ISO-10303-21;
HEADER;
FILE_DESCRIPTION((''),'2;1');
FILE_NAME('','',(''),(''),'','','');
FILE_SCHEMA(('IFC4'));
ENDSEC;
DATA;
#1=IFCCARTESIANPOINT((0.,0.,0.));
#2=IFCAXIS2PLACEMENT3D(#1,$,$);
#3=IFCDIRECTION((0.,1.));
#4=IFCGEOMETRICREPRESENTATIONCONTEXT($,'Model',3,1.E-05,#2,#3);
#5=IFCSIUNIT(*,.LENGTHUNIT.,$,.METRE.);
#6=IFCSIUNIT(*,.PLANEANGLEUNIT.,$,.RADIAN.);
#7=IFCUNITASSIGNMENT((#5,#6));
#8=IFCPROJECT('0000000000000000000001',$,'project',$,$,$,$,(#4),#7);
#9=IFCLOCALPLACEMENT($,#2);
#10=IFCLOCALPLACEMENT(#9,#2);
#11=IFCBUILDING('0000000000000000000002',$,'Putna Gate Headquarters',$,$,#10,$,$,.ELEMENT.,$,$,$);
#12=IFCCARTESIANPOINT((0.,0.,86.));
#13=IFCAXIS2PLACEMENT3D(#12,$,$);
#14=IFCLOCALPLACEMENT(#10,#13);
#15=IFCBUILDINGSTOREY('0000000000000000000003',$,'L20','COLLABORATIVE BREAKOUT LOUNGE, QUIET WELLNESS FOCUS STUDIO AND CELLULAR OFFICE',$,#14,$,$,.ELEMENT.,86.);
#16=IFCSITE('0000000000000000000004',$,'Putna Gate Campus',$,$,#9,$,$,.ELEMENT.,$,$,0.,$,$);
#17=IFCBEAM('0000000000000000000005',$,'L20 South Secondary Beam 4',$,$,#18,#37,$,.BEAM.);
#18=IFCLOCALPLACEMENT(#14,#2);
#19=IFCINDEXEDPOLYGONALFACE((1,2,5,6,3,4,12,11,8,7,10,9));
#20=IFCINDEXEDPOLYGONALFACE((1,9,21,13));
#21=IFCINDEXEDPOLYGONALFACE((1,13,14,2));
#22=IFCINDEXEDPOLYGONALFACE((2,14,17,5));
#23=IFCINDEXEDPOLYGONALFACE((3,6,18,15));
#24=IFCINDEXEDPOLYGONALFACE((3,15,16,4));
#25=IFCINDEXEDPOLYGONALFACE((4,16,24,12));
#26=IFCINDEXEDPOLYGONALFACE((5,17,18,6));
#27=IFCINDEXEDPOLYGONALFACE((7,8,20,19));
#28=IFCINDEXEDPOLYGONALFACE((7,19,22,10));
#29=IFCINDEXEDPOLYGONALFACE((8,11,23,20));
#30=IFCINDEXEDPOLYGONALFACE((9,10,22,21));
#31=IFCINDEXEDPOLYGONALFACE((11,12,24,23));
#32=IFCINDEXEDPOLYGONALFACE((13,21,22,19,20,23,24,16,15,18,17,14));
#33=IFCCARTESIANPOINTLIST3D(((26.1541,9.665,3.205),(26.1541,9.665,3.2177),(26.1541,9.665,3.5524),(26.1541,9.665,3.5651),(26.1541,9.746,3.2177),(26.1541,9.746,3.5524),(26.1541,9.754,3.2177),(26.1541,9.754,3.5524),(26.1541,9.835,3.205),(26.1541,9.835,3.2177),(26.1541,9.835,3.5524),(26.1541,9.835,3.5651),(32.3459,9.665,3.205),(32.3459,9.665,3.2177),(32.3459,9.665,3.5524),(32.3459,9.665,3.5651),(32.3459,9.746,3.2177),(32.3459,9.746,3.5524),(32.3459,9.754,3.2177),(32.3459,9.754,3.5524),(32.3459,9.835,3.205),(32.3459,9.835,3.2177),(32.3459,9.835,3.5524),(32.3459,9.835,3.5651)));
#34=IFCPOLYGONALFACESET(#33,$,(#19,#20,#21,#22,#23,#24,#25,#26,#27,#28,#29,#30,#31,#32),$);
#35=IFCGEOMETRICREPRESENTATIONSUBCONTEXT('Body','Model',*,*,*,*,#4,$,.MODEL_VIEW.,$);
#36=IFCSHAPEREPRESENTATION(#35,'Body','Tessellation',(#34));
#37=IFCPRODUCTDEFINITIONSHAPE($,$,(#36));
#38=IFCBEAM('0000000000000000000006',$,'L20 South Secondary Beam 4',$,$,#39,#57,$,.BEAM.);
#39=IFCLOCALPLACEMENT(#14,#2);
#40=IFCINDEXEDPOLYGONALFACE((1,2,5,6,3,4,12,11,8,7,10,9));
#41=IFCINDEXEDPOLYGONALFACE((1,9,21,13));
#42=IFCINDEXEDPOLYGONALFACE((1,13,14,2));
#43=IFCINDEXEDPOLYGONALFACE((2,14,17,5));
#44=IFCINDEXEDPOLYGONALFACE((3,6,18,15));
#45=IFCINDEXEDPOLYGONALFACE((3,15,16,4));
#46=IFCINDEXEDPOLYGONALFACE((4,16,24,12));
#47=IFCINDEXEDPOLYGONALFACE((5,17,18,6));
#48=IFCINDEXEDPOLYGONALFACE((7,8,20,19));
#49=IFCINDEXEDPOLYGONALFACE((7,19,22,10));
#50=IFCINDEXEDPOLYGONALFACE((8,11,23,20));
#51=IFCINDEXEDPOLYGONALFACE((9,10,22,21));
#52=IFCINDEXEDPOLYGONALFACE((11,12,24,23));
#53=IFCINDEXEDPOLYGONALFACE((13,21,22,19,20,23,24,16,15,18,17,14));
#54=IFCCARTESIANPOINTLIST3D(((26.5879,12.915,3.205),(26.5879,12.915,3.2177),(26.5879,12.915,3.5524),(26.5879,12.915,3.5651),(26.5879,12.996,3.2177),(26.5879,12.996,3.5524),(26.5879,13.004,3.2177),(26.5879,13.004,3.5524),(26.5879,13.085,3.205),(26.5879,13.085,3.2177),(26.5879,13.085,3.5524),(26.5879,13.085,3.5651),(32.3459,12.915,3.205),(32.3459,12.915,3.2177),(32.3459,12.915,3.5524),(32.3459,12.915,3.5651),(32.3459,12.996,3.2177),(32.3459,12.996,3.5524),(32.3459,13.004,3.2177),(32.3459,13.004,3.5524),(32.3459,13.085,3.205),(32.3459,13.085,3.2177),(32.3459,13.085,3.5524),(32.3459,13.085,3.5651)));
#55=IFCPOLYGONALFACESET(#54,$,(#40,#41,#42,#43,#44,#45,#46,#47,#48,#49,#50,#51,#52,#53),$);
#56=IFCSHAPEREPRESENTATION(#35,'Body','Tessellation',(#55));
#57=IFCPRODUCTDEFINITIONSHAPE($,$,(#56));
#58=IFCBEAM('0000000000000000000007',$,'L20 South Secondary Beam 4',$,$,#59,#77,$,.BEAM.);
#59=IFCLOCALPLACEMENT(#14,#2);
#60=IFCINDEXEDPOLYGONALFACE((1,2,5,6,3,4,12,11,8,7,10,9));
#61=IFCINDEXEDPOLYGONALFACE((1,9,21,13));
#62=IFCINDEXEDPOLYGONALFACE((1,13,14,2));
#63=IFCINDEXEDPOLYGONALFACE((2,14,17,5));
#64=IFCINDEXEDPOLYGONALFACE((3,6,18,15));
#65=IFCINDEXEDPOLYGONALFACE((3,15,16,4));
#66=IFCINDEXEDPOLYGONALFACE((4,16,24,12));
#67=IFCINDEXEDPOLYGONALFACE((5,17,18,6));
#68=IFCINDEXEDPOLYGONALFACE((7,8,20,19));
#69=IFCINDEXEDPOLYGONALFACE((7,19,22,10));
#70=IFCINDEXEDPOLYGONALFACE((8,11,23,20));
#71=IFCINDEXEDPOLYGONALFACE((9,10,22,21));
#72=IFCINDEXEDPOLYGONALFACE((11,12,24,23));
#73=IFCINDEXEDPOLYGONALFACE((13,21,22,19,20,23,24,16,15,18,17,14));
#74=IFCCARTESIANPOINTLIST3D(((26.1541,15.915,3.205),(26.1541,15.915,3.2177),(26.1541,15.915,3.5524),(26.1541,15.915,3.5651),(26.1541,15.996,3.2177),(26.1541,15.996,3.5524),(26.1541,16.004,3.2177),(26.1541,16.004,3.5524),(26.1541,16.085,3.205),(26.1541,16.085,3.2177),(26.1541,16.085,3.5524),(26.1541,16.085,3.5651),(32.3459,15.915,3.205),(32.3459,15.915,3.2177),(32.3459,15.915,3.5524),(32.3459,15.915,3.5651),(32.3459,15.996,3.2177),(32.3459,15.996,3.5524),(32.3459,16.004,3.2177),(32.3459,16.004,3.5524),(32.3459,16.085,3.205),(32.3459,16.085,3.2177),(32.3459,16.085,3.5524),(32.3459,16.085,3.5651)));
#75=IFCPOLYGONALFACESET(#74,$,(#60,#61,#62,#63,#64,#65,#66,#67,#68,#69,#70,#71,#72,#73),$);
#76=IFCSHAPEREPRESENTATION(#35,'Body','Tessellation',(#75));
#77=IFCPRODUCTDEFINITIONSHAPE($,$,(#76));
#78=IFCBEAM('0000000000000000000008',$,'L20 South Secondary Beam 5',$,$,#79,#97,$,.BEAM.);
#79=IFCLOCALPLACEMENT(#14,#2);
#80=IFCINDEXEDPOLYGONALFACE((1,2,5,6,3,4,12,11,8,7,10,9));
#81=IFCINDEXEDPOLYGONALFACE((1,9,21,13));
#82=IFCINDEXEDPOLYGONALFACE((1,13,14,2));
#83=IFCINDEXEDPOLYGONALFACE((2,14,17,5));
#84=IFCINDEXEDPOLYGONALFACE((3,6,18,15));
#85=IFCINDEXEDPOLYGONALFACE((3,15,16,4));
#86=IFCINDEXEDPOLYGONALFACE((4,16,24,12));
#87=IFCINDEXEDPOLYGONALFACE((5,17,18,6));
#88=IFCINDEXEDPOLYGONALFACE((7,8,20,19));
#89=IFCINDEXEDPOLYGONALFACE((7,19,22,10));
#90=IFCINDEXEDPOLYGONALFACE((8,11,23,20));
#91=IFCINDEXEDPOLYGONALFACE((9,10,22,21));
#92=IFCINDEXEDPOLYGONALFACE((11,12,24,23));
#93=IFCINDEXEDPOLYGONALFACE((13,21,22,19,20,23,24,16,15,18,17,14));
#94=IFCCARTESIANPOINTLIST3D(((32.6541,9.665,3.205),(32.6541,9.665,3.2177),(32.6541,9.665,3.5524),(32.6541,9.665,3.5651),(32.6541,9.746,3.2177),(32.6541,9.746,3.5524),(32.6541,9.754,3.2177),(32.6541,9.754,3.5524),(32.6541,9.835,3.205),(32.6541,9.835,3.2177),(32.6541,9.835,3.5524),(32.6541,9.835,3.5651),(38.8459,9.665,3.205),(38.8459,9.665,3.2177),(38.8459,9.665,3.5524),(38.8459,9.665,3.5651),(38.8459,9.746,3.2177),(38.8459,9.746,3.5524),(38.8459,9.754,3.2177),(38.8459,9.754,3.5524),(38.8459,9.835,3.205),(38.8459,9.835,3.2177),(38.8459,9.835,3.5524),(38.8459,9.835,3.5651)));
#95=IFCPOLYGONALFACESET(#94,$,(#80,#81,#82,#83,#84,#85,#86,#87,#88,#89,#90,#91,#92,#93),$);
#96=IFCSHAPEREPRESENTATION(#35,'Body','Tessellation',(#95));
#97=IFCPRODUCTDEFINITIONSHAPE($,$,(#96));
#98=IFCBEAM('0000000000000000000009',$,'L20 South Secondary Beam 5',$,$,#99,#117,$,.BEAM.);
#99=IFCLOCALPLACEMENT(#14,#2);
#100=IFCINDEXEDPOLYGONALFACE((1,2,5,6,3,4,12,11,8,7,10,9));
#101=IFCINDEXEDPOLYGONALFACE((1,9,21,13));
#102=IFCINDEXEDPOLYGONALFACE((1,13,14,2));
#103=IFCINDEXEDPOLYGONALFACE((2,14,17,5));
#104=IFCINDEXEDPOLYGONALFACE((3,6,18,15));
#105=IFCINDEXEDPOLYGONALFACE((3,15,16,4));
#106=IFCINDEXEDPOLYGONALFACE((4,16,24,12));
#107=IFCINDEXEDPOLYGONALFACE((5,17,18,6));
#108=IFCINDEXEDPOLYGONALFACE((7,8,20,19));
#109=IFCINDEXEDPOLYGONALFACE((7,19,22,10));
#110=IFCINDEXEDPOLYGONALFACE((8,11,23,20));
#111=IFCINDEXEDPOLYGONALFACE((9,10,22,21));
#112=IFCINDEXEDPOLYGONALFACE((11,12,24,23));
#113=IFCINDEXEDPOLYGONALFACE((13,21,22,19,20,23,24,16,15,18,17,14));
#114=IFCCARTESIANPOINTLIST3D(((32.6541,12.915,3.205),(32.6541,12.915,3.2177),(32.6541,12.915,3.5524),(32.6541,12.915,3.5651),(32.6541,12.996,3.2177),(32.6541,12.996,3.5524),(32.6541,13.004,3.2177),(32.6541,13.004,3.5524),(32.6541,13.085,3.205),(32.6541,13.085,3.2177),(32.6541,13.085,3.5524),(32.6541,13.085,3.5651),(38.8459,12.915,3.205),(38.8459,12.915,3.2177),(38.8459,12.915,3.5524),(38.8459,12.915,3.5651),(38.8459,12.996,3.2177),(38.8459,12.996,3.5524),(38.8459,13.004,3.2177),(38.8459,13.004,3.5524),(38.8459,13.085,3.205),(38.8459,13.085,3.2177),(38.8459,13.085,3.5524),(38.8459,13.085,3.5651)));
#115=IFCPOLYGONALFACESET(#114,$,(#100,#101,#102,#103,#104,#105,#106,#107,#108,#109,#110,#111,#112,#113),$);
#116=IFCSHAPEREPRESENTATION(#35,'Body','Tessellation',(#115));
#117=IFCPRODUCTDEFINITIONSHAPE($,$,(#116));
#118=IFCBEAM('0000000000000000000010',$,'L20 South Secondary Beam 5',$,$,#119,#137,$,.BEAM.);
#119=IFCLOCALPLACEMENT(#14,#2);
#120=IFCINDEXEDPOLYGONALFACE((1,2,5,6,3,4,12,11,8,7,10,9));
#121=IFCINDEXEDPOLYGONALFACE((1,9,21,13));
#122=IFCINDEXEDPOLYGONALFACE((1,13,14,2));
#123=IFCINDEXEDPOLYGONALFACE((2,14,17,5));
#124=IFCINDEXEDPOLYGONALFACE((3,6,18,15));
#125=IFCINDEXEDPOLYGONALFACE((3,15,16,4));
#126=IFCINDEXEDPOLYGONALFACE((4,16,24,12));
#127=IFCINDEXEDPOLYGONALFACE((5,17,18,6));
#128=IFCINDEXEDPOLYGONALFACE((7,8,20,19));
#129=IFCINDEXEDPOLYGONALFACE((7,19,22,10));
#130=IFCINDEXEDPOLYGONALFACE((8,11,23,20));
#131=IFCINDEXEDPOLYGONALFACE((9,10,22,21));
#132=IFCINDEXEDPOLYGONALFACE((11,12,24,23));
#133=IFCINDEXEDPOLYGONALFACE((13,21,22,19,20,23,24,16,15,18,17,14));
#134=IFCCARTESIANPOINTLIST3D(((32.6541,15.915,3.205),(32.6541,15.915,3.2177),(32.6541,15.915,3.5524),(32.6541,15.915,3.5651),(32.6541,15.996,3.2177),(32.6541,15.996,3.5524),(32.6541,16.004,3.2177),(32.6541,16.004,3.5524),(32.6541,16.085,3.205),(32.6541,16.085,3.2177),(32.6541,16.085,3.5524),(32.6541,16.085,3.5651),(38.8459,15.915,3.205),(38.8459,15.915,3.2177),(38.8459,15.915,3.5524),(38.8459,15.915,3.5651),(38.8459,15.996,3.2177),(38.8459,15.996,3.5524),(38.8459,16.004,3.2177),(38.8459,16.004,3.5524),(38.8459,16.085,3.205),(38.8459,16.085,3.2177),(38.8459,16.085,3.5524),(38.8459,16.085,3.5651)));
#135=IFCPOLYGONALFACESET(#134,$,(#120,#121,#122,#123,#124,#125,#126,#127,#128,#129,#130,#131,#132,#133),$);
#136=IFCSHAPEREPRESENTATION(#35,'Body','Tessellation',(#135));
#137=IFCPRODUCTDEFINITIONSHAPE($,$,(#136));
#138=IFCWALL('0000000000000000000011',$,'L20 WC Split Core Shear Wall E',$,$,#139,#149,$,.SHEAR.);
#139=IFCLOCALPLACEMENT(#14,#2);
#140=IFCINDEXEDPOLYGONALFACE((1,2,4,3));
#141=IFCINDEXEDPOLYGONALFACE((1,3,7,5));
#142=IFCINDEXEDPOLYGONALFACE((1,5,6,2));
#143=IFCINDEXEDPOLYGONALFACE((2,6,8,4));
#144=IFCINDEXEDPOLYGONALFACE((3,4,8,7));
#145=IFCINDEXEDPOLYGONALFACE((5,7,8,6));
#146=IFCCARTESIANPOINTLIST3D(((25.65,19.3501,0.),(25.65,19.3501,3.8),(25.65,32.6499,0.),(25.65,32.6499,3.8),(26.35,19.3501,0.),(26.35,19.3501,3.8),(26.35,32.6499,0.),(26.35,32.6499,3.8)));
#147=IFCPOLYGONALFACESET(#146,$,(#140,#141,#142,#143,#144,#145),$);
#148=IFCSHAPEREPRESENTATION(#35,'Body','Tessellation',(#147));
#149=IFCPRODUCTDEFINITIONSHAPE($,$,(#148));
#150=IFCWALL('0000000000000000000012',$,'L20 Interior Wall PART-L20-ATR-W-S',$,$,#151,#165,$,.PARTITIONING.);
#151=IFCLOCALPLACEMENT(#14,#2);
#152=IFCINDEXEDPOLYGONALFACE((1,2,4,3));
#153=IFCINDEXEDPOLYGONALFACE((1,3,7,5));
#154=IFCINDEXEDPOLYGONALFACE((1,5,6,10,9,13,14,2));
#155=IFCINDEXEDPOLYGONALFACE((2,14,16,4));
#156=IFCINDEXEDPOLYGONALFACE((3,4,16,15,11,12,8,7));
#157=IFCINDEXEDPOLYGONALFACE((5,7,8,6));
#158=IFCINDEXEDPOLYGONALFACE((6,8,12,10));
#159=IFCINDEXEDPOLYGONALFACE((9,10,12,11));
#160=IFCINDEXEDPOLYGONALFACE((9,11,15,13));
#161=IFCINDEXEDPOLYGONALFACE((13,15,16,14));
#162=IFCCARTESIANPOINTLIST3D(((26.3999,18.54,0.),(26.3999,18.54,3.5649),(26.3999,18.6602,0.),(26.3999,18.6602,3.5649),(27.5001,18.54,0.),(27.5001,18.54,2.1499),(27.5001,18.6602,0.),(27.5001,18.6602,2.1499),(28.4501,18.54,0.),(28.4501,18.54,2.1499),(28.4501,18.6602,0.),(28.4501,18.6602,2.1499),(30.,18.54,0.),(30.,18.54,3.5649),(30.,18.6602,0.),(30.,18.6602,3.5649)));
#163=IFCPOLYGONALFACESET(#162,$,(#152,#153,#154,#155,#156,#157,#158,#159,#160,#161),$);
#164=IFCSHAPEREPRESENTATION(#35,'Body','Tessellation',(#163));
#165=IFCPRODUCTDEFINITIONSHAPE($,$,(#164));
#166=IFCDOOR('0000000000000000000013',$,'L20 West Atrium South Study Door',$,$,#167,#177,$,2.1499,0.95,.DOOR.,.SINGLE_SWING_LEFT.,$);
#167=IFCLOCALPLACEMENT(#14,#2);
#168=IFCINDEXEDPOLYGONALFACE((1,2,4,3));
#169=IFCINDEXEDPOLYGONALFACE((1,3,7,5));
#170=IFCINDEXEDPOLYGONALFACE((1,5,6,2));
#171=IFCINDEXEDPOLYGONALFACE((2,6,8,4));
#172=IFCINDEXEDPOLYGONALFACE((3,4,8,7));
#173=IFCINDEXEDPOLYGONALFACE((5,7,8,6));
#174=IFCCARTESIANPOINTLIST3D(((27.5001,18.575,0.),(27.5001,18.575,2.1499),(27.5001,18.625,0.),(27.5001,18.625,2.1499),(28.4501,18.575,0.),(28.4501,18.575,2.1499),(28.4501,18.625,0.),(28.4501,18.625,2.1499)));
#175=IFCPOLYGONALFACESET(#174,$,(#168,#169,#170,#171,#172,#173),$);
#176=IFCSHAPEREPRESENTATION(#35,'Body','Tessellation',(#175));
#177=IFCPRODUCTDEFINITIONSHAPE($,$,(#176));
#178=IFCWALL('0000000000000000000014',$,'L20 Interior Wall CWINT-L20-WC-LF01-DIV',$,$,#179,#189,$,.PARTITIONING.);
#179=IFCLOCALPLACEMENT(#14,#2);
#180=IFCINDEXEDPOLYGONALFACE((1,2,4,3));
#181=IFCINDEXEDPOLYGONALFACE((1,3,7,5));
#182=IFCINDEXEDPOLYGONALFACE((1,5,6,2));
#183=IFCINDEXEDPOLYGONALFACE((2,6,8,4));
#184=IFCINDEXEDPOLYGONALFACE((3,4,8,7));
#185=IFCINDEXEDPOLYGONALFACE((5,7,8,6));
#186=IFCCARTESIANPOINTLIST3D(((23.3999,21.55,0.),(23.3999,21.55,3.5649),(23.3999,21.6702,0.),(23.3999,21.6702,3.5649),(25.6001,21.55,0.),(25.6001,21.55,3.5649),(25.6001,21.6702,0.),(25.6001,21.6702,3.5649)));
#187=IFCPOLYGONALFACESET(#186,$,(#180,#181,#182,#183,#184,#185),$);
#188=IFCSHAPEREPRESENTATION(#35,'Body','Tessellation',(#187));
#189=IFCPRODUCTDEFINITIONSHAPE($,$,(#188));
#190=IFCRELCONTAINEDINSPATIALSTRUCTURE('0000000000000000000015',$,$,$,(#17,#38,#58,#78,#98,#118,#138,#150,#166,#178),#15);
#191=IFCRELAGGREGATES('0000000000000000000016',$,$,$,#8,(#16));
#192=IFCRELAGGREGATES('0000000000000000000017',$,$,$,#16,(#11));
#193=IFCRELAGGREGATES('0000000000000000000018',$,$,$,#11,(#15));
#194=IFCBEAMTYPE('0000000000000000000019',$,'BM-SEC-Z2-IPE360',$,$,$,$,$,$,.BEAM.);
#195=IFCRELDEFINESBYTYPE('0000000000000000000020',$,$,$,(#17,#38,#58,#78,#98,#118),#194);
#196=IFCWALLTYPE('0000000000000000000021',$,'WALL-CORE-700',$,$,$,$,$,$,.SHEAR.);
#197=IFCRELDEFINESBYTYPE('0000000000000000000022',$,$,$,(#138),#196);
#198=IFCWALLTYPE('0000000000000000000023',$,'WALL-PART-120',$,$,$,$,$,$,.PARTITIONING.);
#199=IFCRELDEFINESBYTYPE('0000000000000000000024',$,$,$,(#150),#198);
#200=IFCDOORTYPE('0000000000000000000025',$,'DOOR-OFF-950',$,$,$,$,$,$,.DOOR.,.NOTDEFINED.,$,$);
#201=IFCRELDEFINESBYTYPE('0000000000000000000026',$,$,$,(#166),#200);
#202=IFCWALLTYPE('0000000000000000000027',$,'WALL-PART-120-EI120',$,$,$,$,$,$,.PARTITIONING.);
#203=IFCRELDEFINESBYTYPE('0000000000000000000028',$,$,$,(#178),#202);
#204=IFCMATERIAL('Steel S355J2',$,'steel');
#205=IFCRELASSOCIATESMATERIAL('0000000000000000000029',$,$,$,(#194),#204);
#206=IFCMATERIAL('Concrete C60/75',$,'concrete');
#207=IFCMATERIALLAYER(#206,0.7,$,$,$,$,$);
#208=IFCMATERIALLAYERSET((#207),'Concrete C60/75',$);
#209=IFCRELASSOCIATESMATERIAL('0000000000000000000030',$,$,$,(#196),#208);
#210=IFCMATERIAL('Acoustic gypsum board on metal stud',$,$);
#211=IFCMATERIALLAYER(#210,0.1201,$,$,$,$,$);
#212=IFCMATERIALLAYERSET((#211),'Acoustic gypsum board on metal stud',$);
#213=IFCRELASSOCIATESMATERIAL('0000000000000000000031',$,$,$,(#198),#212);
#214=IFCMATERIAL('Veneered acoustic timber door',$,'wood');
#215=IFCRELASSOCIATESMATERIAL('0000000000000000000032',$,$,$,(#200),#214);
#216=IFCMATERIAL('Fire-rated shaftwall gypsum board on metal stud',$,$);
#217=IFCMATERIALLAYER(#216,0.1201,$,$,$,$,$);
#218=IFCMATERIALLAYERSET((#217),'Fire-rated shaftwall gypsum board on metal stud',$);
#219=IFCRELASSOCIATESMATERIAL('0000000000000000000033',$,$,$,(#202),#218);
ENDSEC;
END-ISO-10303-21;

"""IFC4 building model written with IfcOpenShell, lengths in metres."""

from ifc_helpers import new_model, si_unit, direction, frame, frame_2d, origin, origin_2d, place, context, subcontext, project, spatial, rectangle, i_section, extrude, material, layer, layer_set, material_profile, profile_set, type_object, element, fill, save


model = new_model("IFC4")

# Units and contexts
model_context = context("Model", 3, precision=1e-05, world=origin(), true_north=direction((0.0, 1.0)))
body_context = subcontext(model_context, "Body", "Model", "MODEL_VIEW")
ifc_project = project(units=[si_unit("LENGTHUNIT", "METRE"), si_unit("PLANEANGLEUNIT", "RADIAN")], contexts=[model_context])

# Site, building, storey
site_placement = place(None, origin())
site = spatial("IfcSite", under=ifc_project, at=site_placement, Name="Putna Gate Campus", CompositionType="ELEMENT", RefElevation=0.0)
building_placement = place(site_placement, origin())
building = spatial("IfcBuilding", under=site, at=building_placement, Name="Putna Gate Headquarters", CompositionType="ELEMENT")
storey_placement = place(building_placement, frame((0.0, 0.0, 86.0)))
storey = spatial("IfcBuildingStorey", under=building, at=storey_placement, Name="L20", Description="COLLABORATIVE BREAKOUT LOUNGE, QUIET WELLNESS FOCUS STUDIO AND CELLULAR OFFICE", CompositionType="ELEMENT", Elevation=86.0)

# Shared definitions
ifc_material_1 = material(Name="Concrete C60/75", Category="concrete")

# Beams
ifc_material_2 = material(Name="Steel S355J2", Category="steel")
ifc_material_profile_1 = material_profile(ifc_material_2, i_section(OverallWidth=0.1699, OverallDepth=0.3601, WebThickness=0.0081, FlangeThickness=0.0127, at=origin_2d()), Name="Steel S355J2")
ifc_profile_set_1 = profile_set([ifc_material_profile_1], Name="Steel S355J2")
beam_type_1 = type_object("IfcBeamType", Name="BM-SEC-Z2-IPE360", PredefinedType="BEAM", material=ifc_profile_set_1)
for number, where, z_axis, x_axis, name in (
    (1, (26.1541, 9.75, 3.385), (1.0, 0.0, 0.0), (0.0, 1.0, 0.0), "L20 South Secondary Beam 4"),
):
    element("IfcBeam", number, at=place(storey_placement, frame(where, z_axis=z_axis, x_axis=x_axis)), inside=storey, type_object=beam_type_1, Name=name, PredefinedType="BEAM", context=body_context, shape_type="SweptSolid", body=[
        extrude(i_section(OverallWidth=0.1699, OverallDepth=0.3601, WebThickness=0.0081, FlangeThickness=0.0127, at=origin_2d()), origin(), (0.0, 0.0, 1.0), 6.1919),
    ])
beam_1_placement = place(storey_placement, frame((26.5879, 13.0, 3.385), z_axis=(1.0, 0.0, 0.0), x_axis=(0.0, 1.0, 0.0)))
element("IfcBeam", 2, at=beam_1_placement, inside=storey, type_object=beam_type_1, Name="L20 South Secondary Beam 4", PredefinedType="BEAM", context=body_context, shape_type="SweptSolid", body=[
    extrude(i_section(OverallWidth=0.1699, OverallDepth=0.3601, WebThickness=0.0081, FlangeThickness=0.0127, at=origin_2d()), origin(), (0.0, 0.0, 1.0), 5.7581),
])
for number, where, z_axis, x_axis, name in (
    (3, (26.1541, 16.0, 3.385), (1.0, 0.0, 0.0), (0.0, 1.0, 0.0), "L20 South Secondary Beam 4"),
    (4, (32.6541, 9.75, 3.385), (1.0, 0.0, 0.0), (0.0, 1.0, 0.0), "L20 South Secondary Beam 5"),
    (5, (32.6541, 13.0, 3.385), (1.0, 0.0, 0.0), (0.0, 1.0, 0.0), "L20 South Secondary Beam 5"),
    (6, (32.6541, 16.0, 3.385), (1.0, 0.0, 0.0), (0.0, 1.0, 0.0), "L20 South Secondary Beam 5"),
):
    element("IfcBeam", number, at=place(storey_placement, frame(where, z_axis=z_axis, x_axis=x_axis)), inside=storey, type_object=beam_type_1, Name=name, PredefinedType="BEAM", context=body_context, shape_type="SweptSolid", body=[
        extrude(i_section(OverallWidth=0.1699, OverallDepth=0.3601, WebThickness=0.0081, FlangeThickness=0.0127, at=origin_2d()), origin(), (0.0, 0.0, 1.0), 6.1919),
    ])

# Wall
ifc_layer_1 = layer(ifc_material_1, 0.7)
ifc_layer_set_1 = layer_set([ifc_layer_1], Name="Concrete C60/75")
wall_type_1 = type_object("IfcWallType", Name="WALL-CORE-700", PredefinedType="SHEAR", material=ifc_layer_set_1)
wall_1_placement = place(storey_placement, frame((26.0, 19.3501, 0.0), z_axis=(0.0, 0.0, 1.0), x_axis=(0.0, 1.0, 0.0)))
element("IfcWall", 7, at=wall_1_placement, inside=storey, type_object=wall_type_1, Name="L20 WC Split Core Shear Wall E", PredefinedType="SHEAR", context=body_context, shape_type="SweptSolid", body=[
    extrude(rectangle(XDim=13.2998, YDim=0.7, at=frame_2d((6.6499, 0.0))), origin(), (0.0, 0.0, 1.0), 3.8),
])

# Wall, opening, door
ifc_material_3 = material(Name="Acoustic gypsum board on metal stud")
ifc_layer_2 = layer(ifc_material_3, 0.1201)
ifc_layer_set_2 = layer_set([ifc_layer_2], Name="Acoustic gypsum board on metal stud")
wall_type_2 = type_object("IfcWallType", Name="WALL-PART-120", PredefinedType="PARTITIONING", material=ifc_layer_set_2)
wall_2_placement = place(storey_placement, frame((26.3999, 18.6001, 0.0), z_axis=(0.0, 0.0, 1.0), x_axis=(1.0, 0.0, 0.0)))
wall_2 = element("IfcWall", 8, at=wall_2_placement, inside=storey, type_object=wall_type_2, Name="L20 Interior Wall PART-L20-ATR-W-S", PredefinedType="PARTITIONING", context=body_context, shape_type="SweptSolid", body=[
    extrude(rectangle(XDim=3.6001, YDim=0.1201, at=frame_2d((1.8, 0.0))), origin(), (0.0, 0.0, 1.0), 3.5649),
])
opening_1_placement = place(wall_2_placement, frame((1.1001, 0.0, 0.0)))
opening_1 = element("IfcOpeningElement", 9, at=opening_1_placement, cuts=wall_2, PredefinedType="OPENING", context=body_context, shape_type="SweptSolid", body=[
    extrude(rectangle(XDim=0.95, YDim=2.1499, at=frame_2d((0.4751, 1.075))), frame((0.0, 0.0701, 0.0), z_axis=(0.0, -1.0, 0.0), x_axis=(1.0, 0.0, 0.0)), (0.0, 0.0, 1.0), 0.1401),
])
ifc_material_4 = material(Name="Veneered acoustic timber door", Category="wood")
door_type_1 = type_object("IfcDoorType", Name="DOOR-OFF-950", OperationType="NOTDEFINED", PredefinedType="DOOR", material=ifc_material_4)
door_1_placement = place(opening_1_placement, origin())
door_1 = element("IfcDoor", 10, at=door_1_placement, inside=storey, type_object=door_type_1, Name="L20 West Atrium South Study Door", OperationType="SINGLE_SWING_LEFT", OverallHeight=2.1499, OverallWidth=0.95, PredefinedType="DOOR", context=body_context, shape_type="SweptSolid", body=[
    extrude(rectangle(XDim=0.95, YDim=2.1499, at=frame_2d((0.4751, 1.075))), frame((0.0, 0.0249, 0.0), z_axis=(0.0, -1.0, 0.0), x_axis=(1.0, 0.0, 0.0)), (0.0, 0.0, 1.0), 0.05),
])
fill(opening_1, door_1)

# Wall
ifc_material_5 = material(Name="Fire-rated shaftwall gypsum board on metal stud")
ifc_layer_3 = layer(ifc_material_5, 0.1201)
ifc_layer_set_3 = layer_set([ifc_layer_3], Name="Fire-rated shaftwall gypsum board on metal stud")
wall_type_3 = type_object("IfcWallType", Name="WALL-PART-120-EI120", PredefinedType="PARTITIONING", material=ifc_layer_set_3)
wall_3_placement = place(storey_placement, frame((23.3999, 21.6101, 0.0), z_axis=(0.0, 0.0, 1.0), x_axis=(1.0, 0.0, 0.0)))
element("IfcWall", 11, at=wall_3_placement, inside=storey, type_object=wall_type_3, Name="L20 Interior Wall CWINT-L20-WC-LF01-DIV", PredefinedType="PARTITIONING", context=body_context, shape_type="SweptSolid", body=[
    extrude(rectangle(XDim=2.2002, YDim=0.1201, at=frame_2d((1.1001, 0.0))), origin(), (0.0, 0.0, 1.0), 3.5649),
])

save(model, "model.ifc")
